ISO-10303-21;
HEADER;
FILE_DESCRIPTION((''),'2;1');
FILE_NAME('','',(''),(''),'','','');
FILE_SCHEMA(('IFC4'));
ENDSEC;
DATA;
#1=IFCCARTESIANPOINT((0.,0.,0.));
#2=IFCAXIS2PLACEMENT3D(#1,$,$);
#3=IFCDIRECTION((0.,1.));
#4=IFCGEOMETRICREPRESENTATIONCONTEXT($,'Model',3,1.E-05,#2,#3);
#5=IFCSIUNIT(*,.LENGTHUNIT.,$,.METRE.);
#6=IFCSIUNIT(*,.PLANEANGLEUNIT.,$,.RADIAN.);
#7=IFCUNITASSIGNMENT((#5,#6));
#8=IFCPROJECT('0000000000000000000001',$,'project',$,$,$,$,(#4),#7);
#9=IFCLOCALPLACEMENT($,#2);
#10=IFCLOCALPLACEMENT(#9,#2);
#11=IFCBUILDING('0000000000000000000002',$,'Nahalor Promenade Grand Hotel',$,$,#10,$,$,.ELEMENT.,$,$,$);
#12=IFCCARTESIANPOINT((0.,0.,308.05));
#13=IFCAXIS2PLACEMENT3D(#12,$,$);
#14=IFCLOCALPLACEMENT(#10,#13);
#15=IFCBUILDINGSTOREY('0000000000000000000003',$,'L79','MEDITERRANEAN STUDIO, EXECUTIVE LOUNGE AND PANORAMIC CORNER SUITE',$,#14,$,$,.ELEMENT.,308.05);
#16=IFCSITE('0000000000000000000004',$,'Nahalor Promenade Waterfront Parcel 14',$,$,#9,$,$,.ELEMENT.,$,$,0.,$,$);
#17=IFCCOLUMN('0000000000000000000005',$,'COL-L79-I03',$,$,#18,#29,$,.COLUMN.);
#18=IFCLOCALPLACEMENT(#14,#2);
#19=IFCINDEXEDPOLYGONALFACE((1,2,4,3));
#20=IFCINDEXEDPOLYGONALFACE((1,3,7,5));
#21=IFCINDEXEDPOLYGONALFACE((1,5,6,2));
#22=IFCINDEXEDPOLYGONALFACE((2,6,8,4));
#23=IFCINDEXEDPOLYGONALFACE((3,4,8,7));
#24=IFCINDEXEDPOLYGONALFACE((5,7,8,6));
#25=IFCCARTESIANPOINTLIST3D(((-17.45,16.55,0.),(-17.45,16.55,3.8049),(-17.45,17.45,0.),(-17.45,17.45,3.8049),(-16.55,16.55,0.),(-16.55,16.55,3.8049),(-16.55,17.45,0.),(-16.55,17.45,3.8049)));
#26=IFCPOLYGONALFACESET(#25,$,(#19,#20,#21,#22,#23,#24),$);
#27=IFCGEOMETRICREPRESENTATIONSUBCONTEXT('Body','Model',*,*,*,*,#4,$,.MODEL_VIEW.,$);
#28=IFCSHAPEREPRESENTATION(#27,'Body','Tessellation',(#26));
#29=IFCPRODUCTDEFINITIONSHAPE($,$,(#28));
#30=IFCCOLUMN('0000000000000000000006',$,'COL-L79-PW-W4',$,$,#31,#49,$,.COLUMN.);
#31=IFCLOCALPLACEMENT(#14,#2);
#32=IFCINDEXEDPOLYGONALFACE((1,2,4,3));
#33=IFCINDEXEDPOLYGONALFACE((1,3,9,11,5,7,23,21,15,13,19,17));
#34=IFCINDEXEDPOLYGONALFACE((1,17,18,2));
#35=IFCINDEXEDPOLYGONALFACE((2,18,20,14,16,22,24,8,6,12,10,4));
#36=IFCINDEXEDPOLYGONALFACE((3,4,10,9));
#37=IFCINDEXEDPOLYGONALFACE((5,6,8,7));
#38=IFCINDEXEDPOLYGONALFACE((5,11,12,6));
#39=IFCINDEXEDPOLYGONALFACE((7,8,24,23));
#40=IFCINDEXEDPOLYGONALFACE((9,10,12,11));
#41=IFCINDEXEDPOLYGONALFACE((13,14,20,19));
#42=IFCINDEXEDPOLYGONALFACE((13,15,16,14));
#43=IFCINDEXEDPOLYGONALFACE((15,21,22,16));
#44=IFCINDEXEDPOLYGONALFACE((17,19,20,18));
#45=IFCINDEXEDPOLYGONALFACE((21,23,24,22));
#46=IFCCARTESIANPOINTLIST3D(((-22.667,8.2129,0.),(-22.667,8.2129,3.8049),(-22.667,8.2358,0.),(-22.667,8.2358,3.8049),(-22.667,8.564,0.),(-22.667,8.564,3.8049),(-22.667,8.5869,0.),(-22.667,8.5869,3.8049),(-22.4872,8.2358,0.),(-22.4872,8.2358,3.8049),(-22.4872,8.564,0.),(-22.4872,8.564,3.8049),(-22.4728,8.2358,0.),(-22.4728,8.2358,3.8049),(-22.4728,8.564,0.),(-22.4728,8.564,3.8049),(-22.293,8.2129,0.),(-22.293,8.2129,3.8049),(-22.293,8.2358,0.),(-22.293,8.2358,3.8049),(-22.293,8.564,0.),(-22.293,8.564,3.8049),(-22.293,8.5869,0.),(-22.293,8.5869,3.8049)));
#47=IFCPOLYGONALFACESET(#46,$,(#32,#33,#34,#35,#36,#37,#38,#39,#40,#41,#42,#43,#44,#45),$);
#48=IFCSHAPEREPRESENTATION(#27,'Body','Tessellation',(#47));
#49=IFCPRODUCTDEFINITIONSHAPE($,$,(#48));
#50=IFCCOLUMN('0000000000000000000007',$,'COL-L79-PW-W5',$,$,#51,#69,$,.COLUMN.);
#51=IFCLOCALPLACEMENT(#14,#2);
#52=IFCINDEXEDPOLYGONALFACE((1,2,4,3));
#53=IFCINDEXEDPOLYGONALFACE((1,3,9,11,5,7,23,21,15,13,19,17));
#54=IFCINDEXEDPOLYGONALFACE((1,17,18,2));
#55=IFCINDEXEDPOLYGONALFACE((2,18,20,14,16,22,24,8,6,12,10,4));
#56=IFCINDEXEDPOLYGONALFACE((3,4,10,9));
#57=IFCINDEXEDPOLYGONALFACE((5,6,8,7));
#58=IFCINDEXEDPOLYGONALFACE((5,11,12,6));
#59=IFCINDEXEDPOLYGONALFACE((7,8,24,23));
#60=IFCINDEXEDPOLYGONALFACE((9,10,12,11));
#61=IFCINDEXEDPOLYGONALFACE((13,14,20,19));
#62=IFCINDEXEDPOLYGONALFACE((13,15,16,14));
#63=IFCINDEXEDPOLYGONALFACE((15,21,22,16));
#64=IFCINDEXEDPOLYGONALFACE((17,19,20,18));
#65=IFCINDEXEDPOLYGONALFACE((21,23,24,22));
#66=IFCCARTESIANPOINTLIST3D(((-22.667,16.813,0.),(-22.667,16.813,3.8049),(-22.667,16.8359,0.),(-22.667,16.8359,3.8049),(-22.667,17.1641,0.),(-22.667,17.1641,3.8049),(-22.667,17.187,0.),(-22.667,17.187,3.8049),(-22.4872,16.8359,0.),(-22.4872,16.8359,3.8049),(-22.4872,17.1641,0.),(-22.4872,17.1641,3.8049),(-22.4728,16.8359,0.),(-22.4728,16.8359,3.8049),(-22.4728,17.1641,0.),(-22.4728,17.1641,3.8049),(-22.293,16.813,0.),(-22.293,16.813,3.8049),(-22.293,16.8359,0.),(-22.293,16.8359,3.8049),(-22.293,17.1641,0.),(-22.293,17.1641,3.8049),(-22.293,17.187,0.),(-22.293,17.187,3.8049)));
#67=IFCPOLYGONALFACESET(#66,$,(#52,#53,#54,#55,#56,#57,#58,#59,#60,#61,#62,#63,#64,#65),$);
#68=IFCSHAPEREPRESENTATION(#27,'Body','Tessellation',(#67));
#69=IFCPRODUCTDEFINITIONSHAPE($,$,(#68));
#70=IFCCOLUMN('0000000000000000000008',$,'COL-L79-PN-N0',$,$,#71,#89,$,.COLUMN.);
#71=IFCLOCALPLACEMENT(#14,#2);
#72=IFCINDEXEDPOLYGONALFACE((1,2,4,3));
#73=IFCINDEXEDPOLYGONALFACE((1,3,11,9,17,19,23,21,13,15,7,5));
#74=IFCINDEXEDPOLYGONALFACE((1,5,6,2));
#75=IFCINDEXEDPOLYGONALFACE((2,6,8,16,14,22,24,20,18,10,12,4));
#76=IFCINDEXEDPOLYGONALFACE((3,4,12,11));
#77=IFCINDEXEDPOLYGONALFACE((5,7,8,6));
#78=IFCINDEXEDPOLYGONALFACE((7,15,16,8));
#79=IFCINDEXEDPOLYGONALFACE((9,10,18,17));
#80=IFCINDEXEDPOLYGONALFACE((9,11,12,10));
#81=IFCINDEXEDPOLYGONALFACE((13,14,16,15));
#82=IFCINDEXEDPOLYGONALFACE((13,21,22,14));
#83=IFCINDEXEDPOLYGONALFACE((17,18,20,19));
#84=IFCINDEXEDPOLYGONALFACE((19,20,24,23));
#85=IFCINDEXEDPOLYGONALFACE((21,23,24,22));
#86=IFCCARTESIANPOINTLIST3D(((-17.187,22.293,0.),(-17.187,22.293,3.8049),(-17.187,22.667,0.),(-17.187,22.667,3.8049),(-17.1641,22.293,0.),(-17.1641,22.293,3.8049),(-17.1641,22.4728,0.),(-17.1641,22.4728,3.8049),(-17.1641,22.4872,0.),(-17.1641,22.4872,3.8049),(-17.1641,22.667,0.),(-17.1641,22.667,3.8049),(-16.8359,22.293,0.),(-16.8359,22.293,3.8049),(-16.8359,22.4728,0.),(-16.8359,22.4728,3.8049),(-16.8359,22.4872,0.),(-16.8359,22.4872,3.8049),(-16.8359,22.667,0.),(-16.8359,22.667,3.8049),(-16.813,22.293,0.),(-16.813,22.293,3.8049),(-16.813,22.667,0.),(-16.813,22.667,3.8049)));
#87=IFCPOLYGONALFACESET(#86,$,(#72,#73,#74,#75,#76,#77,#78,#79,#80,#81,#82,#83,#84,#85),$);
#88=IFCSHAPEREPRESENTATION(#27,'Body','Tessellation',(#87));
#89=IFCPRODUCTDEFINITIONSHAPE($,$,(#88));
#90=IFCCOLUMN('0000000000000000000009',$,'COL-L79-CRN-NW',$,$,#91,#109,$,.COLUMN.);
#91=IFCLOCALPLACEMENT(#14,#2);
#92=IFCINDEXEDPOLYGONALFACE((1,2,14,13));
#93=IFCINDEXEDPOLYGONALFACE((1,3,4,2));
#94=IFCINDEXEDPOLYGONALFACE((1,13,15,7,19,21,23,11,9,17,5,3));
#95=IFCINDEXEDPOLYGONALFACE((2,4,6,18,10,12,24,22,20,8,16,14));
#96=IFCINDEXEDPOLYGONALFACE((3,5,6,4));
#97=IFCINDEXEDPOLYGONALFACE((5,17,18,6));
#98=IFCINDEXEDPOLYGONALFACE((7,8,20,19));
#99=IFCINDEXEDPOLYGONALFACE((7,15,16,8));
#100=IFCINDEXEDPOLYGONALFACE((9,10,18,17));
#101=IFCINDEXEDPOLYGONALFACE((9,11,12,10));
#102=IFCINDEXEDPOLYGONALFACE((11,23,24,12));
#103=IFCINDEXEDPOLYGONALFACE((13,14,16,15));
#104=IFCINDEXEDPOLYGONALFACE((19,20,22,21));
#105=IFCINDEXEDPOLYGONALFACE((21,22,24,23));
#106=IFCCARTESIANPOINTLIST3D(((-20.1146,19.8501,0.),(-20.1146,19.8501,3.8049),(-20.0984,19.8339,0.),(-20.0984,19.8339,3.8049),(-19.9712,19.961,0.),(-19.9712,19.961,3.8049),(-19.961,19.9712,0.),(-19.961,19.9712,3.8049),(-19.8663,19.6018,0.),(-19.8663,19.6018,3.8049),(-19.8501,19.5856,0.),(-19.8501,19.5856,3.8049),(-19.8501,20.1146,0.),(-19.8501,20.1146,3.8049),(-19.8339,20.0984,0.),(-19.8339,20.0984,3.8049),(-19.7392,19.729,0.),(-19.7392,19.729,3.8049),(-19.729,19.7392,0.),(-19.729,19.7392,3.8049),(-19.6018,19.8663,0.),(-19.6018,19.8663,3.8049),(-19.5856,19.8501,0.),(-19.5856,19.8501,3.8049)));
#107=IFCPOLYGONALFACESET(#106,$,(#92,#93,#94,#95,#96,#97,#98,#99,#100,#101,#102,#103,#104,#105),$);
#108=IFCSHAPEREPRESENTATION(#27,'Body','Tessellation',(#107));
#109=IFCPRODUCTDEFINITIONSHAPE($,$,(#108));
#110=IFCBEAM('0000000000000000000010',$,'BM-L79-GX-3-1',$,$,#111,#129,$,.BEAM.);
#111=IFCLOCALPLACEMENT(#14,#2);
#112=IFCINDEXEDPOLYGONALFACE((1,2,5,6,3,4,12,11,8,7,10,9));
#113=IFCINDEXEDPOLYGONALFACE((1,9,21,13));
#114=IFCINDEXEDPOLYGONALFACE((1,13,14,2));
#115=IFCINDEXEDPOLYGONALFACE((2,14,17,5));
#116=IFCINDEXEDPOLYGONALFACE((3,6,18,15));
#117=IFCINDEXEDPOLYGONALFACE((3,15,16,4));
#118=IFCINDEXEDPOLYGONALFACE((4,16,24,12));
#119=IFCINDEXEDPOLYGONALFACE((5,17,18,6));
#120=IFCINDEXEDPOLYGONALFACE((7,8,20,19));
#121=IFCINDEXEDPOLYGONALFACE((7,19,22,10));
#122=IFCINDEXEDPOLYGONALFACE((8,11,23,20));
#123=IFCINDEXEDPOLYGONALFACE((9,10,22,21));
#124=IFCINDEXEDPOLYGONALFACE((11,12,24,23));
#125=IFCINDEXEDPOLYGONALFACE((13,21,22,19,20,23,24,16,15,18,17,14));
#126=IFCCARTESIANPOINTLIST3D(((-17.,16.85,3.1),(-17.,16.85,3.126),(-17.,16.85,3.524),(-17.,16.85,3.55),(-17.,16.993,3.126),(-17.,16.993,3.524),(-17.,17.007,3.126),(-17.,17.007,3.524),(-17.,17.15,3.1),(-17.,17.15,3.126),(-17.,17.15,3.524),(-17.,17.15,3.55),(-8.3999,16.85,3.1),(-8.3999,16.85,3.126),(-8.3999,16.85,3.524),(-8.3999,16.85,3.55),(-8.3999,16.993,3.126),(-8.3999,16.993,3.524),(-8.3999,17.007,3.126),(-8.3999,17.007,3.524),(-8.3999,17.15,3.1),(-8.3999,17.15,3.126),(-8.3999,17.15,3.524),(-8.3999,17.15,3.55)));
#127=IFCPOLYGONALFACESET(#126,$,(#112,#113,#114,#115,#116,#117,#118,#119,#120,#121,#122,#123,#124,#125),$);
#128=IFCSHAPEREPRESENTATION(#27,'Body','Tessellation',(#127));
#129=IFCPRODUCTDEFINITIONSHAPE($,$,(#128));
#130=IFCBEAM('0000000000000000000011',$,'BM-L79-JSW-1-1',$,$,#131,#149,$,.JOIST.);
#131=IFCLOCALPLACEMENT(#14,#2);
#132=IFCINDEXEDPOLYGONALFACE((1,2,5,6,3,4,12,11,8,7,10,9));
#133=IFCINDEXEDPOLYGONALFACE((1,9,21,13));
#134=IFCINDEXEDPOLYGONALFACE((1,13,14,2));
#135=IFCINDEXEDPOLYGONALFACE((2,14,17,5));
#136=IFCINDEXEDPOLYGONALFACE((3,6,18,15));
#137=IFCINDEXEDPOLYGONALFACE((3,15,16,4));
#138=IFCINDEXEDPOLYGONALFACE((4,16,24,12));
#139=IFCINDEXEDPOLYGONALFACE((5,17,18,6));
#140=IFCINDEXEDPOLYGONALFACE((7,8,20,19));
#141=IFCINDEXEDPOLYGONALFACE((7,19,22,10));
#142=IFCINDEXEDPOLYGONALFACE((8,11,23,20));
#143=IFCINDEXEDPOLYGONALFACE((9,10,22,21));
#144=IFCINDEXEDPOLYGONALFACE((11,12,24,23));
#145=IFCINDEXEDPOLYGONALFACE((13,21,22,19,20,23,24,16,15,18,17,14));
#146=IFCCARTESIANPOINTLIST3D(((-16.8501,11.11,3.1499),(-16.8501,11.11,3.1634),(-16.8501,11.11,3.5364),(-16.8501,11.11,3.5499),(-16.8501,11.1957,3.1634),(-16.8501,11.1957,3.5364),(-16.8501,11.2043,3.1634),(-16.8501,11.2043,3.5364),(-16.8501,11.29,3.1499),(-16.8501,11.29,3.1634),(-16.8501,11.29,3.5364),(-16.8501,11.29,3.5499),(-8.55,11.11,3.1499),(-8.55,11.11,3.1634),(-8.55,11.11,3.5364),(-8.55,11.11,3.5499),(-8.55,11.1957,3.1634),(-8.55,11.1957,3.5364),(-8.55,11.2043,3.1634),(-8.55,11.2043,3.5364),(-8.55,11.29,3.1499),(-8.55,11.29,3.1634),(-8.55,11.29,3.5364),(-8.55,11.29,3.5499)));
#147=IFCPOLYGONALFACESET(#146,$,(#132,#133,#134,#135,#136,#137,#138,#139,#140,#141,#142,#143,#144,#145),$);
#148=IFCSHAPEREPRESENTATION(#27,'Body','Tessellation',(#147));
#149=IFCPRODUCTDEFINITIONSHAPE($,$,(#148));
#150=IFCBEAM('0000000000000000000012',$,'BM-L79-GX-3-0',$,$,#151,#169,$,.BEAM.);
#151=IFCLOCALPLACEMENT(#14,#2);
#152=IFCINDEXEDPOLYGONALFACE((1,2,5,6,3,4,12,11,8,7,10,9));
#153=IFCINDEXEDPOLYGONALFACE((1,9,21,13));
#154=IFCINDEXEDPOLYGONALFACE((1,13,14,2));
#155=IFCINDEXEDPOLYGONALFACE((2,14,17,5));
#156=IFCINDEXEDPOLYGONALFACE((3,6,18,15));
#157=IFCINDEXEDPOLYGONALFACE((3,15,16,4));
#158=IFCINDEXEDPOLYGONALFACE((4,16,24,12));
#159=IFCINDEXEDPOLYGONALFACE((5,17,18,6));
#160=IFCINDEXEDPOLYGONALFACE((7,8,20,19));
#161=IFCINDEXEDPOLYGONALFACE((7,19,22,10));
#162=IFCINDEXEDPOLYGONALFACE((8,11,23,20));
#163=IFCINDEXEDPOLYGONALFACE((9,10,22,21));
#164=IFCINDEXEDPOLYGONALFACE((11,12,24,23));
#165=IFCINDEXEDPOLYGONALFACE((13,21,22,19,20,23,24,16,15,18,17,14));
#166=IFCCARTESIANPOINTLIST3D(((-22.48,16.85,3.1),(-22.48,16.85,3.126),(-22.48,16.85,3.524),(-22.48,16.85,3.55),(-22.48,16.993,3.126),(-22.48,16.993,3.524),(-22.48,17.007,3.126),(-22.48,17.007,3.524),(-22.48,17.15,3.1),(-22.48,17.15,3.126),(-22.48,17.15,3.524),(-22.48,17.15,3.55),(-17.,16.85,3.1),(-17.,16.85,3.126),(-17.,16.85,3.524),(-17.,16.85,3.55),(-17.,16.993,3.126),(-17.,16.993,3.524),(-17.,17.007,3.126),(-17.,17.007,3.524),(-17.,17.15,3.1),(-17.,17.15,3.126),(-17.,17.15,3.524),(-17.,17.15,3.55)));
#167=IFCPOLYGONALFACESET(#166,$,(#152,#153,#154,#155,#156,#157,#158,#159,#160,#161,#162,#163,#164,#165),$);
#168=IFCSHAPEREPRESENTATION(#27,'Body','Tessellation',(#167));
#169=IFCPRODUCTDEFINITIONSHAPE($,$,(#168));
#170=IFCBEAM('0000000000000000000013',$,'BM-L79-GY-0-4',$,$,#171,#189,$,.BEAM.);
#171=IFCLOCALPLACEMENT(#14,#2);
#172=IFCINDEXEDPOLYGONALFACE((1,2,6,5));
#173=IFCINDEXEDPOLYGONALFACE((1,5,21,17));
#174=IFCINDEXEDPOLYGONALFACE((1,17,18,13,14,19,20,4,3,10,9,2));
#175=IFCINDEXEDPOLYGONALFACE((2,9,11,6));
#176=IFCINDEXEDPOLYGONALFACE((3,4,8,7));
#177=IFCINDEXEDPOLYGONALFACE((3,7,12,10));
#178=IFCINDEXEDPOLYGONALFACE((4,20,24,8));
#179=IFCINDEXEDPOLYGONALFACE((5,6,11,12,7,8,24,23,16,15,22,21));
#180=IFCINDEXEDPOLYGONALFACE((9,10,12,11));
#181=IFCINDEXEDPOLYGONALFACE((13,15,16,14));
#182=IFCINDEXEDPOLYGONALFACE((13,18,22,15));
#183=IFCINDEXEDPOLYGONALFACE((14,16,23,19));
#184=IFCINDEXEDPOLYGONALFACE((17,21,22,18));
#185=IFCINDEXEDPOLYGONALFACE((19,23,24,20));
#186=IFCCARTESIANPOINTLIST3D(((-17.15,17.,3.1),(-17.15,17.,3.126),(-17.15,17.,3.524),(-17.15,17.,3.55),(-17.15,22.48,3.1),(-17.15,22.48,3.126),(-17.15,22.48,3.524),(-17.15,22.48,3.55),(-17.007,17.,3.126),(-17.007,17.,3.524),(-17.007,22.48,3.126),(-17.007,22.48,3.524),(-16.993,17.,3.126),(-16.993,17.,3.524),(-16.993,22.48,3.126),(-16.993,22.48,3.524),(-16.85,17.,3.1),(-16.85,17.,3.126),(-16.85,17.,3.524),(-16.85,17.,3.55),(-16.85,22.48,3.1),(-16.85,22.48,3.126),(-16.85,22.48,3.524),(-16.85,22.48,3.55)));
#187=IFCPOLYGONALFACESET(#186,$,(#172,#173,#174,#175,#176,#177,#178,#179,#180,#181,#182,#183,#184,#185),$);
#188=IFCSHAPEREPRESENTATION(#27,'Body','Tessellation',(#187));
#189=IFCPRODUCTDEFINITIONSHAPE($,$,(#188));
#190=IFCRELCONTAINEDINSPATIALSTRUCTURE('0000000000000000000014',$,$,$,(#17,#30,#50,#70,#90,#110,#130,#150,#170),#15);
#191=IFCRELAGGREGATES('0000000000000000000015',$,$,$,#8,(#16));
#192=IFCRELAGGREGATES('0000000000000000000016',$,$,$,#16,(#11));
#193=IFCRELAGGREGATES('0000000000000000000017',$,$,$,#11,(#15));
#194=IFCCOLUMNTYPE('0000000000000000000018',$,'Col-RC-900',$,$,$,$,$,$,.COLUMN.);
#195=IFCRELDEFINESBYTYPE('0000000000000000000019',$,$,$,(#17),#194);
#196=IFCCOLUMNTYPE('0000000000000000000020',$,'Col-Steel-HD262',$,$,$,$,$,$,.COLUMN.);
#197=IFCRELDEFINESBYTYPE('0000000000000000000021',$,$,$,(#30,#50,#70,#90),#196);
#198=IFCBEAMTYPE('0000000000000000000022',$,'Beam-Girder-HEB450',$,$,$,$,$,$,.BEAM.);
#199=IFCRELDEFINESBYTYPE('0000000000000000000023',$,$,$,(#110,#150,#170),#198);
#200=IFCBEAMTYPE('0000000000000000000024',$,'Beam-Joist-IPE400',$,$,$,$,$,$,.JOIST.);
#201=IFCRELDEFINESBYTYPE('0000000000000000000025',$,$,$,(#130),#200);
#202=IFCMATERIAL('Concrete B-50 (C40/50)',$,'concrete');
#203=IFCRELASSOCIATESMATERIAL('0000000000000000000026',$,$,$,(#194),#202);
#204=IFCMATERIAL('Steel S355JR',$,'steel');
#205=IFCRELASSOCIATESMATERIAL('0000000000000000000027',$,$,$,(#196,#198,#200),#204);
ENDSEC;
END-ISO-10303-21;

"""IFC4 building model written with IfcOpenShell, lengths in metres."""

from ifc_helpers import new_model, si_unit, direction, frame, origin, origin_2d, place, context, subcontext, project, spatial, rectangle, i_section, extrude, source, transform, mapped, material, material_profile, profile_set, type_object, element, save


model = new_model("IFC4")

# Units and contexts
model_context = context("Model", 3, precision=1e-05, world=origin(), true_north=direction((0.0, 1.0)))
body_context = subcontext(model_context, "Body", "Model", "MODEL_VIEW")
ifc_project = project(units=[si_unit("LENGTHUNIT", "METRE"), si_unit("PLANEANGLEUNIT", "RADIAN")], contexts=[model_context])

# Site, building, storey
site_placement = place(None, origin())
site = spatial("IfcSite", under=ifc_project, at=site_placement, Name="Nahalor Promenade Waterfront Parcel 14", CompositionType="ELEMENT", RefElevation=0.0)
building_placement = place(site_placement, origin())
building = spatial("IfcBuilding", under=site, at=building_placement, Name="Nahalor Promenade Grand Hotel", CompositionType="ELEMENT")
storey_placement = place(building_placement, frame((0.0, 0.0, 308.05)))
storey = spatial("IfcBuildingStorey", under=building, at=storey_placement, Name="L79", Description="MEDITERRANEAN STUDIO, EXECUTIVE LOUNGE AND PANORAMIC CORNER SUITE", CompositionType="ELEMENT", Elevation=308.05)

# Columns
ifc_material_1 = material(Name="Concrete B-50 (C40/50)", Category="concrete")
ifc_material_profile_1 = material_profile(ifc_material_1, rectangle(XDim=0.9, YDim=0.9, at=origin_2d()), Name="RC 900x900")
ifc_profile_set_1 = profile_set([ifc_material_profile_1], Name="Concrete B-50 (C40/50)")
column_type_1 = type_object("IfcColumnType", Name="Col-RC-900", PredefinedType="COLUMN", material=ifc_profile_set_1)
shared_shape_1 = source(origin(), body_context, "Body", "SweptSolid", [
    extrude(rectangle(XDim=0.9, YDim=0.9, at=origin_2d()), origin(), (0.0, 0.0, 1.0), 3.8049),
])
column_placement = place(storey_placement, frame((-17.0, 17.0, 0.0), z_axis=(0.0, 0.0, 1.0), x_axis=(1.0, 0.0, 0.0)))
element("IfcColumn", 1, at=column_placement, inside=storey, type_object=column_type_1, Name="COL-L79-I03", PredefinedType="COLUMN", context=body_context, shape_type="MappedRepresentation", body=[
    mapped(shared_shape_1, transform((0.0, 0.0, 0.0), scale=1.0)),
])
ifc_material_2 = material(Name="Steel S355JR", Category="steel")
ifc_material_profile_2 = material_profile(ifc_material_2, i_section(OverallWidth=0.374, OverallDepth=0.374, WebThickness=0.0144, FlangeThickness=0.0229, at=origin_2d()), Name="HD 360x262")
ifc_profile_set_2 = profile_set([ifc_material_profile_2], Name="Steel S355JR")
column_type_2 = type_object("IfcColumnType", Name="Col-Steel-HD262", PredefinedType="COLUMN", material=ifc_profile_set_2)
shared_shape_2 = source(origin(), body_context, "Body", "SweptSolid", [
    extrude(i_section(OverallWidth=0.374, OverallDepth=0.374, WebThickness=0.0144, FlangeThickness=0.0229, at=origin_2d()), origin(), (0.0, 0.0, 1.0), 3.8049),
])
for number, where, z_axis, x_axis, name in (
    (2, (-22.48, 8.3999, 0.0), (0.0, 0.0, 1.0), (1.0, 0.0, 0.0), "COL-L79-PW-W4"),
    (3, (-22.48, 17.0, 0.0), (0.0, 0.0, 1.0), (1.0, 0.0, 0.0), "COL-L79-PW-W5"),
    (4, (-17.0, 22.48, 0.0), (0.0, 0.0, 1.0), (0.0, 1.0, 0.0), "COL-L79-PN-N0"),
    (5, (-19.8501, 19.8501, 0.0), (0.0, 0.0, 1.0), (0.707107, 0.707107, 0.0), "COL-L79-CRN-NW"),
):
    element("IfcColumn", number, at=place(storey_placement, frame(where, z_axis=z_axis, x_axis=x_axis)), inside=storey, type_object=column_type_2, Name=name, PredefinedType="COLUMN", context=body_context, shape_type="MappedRepresentation", body=[
        mapped(shared_shape_2, transform((0.0, 0.0, 0.0), scale=1.0)),
    ])

# Beams
ifc_material_profile_3 = material_profile(ifc_material_2, i_section(OverallWidth=0.3, OverallDepth=0.45, WebThickness=0.014, FlangeThickness=0.026, at=origin_2d()), Name="HEB 450")
ifc_profile_set_3 = profile_set([ifc_material_profile_3], Name="Steel S355JR")
beam_type_1 = type_object("IfcBeamType", Name="Beam-Girder-HEB450", PredefinedType="BEAM", material=ifc_profile_set_3)
shared_shape_3 = source(origin(), body_context, "Body", "SweptSolid", [
    extrude(i_section(OverallWidth=0.3, OverallDepth=0.45, WebThickness=0.014, FlangeThickness=0.026, at=origin_2d()), origin(), (0.0, 0.0, 1.0), 8.6001),
])
beam_1_placement = place(storey_placement, frame((-17.0, 17.0, 3.325), z_axis=(1.0, 0.0, 0.0), x_axis=(0.0, 1.0, 0.0)))
element("IfcBeam", 6, at=beam_1_placement, inside=storey, type_object=beam_type_1, Name="BM-L79-GX-3-1", PredefinedType="BEAM", context=body_context, shape_type="MappedRepresentation", body=[
    mapped(shared_shape_3, transform((0.0, 0.0, 0.0), scale=1.0)),
])
ifc_material_profile_4 = material_profile(ifc_material_2, i_section(OverallWidth=0.18, OverallDepth=0.4, WebThickness=0.0086, FlangeThickness=0.0135, at=origin_2d()), Name="IPE 400")
ifc_profile_set_4 = profile_set([ifc_material_profile_4], Name="Steel S355JR")
beam_type_2 = type_object("IfcBeamType", Name="Beam-Joist-IPE400", PredefinedType="JOIST", material=ifc_profile_set_4)
shared_shape_4 = source(origin(), body_context, "Body", "SweptSolid", [
    extrude(i_section(OverallWidth=0.18, OverallDepth=0.4, WebThickness=0.0086, FlangeThickness=0.0135, at=origin_2d()), origin(), (0.0, 0.0, 1.0), 8.3),
])
beam_2_placement = place(storey_placement, frame((-16.8501, 11.2, 3.3499), z_axis=(1.0, 0.0, 0.0), x_axis=(0.0, 1.0, 0.0)))
element("IfcBeam", 7, at=beam_2_placement, inside=storey, type_object=beam_type_2, Name="BM-L79-JSW-1-1", PredefinedType="JOIST", context=body_context, shape_type="MappedRepresentation", body=[
    mapped(shared_shape_4, transform((0.0, 0.0, 0.0), scale=1.0)),
])
shared_shape_5 = source(origin(), body_context, "Body", "SweptSolid", [
    extrude(i_section(OverallWidth=0.3, OverallDepth=0.45, WebThickness=0.014, FlangeThickness=0.026, at=origin_2d()), origin(), (0.0, 0.0, 1.0), 5.48),
])
for number, where, z_axis, x_axis, name in (
    (8, (-22.48, 17.0, 3.325), (1.0, 0.0, 0.0), (0.0, 1.0, 0.0), "BM-L79-GX-3-0"),
    (9, (-17.0, 17.0, 3.325), (0.0, 1.0, 0.0), (-1.0, 0.0, 0.0), "BM-L79-GY-0-4"),
):
    element("IfcBeam", number, at=place(storey_placement, frame(where, z_axis=z_axis, x_axis=x_axis)), inside=storey, type_object=beam_type_1, Name=name, PredefinedType="BEAM", context=body_context, shape_type="MappedRepresentation", body=[
        mapped(shared_shape_5, transform((0.0, 0.0, 0.0), scale=1.0)),
    ])

save(model, "model.ifc")
